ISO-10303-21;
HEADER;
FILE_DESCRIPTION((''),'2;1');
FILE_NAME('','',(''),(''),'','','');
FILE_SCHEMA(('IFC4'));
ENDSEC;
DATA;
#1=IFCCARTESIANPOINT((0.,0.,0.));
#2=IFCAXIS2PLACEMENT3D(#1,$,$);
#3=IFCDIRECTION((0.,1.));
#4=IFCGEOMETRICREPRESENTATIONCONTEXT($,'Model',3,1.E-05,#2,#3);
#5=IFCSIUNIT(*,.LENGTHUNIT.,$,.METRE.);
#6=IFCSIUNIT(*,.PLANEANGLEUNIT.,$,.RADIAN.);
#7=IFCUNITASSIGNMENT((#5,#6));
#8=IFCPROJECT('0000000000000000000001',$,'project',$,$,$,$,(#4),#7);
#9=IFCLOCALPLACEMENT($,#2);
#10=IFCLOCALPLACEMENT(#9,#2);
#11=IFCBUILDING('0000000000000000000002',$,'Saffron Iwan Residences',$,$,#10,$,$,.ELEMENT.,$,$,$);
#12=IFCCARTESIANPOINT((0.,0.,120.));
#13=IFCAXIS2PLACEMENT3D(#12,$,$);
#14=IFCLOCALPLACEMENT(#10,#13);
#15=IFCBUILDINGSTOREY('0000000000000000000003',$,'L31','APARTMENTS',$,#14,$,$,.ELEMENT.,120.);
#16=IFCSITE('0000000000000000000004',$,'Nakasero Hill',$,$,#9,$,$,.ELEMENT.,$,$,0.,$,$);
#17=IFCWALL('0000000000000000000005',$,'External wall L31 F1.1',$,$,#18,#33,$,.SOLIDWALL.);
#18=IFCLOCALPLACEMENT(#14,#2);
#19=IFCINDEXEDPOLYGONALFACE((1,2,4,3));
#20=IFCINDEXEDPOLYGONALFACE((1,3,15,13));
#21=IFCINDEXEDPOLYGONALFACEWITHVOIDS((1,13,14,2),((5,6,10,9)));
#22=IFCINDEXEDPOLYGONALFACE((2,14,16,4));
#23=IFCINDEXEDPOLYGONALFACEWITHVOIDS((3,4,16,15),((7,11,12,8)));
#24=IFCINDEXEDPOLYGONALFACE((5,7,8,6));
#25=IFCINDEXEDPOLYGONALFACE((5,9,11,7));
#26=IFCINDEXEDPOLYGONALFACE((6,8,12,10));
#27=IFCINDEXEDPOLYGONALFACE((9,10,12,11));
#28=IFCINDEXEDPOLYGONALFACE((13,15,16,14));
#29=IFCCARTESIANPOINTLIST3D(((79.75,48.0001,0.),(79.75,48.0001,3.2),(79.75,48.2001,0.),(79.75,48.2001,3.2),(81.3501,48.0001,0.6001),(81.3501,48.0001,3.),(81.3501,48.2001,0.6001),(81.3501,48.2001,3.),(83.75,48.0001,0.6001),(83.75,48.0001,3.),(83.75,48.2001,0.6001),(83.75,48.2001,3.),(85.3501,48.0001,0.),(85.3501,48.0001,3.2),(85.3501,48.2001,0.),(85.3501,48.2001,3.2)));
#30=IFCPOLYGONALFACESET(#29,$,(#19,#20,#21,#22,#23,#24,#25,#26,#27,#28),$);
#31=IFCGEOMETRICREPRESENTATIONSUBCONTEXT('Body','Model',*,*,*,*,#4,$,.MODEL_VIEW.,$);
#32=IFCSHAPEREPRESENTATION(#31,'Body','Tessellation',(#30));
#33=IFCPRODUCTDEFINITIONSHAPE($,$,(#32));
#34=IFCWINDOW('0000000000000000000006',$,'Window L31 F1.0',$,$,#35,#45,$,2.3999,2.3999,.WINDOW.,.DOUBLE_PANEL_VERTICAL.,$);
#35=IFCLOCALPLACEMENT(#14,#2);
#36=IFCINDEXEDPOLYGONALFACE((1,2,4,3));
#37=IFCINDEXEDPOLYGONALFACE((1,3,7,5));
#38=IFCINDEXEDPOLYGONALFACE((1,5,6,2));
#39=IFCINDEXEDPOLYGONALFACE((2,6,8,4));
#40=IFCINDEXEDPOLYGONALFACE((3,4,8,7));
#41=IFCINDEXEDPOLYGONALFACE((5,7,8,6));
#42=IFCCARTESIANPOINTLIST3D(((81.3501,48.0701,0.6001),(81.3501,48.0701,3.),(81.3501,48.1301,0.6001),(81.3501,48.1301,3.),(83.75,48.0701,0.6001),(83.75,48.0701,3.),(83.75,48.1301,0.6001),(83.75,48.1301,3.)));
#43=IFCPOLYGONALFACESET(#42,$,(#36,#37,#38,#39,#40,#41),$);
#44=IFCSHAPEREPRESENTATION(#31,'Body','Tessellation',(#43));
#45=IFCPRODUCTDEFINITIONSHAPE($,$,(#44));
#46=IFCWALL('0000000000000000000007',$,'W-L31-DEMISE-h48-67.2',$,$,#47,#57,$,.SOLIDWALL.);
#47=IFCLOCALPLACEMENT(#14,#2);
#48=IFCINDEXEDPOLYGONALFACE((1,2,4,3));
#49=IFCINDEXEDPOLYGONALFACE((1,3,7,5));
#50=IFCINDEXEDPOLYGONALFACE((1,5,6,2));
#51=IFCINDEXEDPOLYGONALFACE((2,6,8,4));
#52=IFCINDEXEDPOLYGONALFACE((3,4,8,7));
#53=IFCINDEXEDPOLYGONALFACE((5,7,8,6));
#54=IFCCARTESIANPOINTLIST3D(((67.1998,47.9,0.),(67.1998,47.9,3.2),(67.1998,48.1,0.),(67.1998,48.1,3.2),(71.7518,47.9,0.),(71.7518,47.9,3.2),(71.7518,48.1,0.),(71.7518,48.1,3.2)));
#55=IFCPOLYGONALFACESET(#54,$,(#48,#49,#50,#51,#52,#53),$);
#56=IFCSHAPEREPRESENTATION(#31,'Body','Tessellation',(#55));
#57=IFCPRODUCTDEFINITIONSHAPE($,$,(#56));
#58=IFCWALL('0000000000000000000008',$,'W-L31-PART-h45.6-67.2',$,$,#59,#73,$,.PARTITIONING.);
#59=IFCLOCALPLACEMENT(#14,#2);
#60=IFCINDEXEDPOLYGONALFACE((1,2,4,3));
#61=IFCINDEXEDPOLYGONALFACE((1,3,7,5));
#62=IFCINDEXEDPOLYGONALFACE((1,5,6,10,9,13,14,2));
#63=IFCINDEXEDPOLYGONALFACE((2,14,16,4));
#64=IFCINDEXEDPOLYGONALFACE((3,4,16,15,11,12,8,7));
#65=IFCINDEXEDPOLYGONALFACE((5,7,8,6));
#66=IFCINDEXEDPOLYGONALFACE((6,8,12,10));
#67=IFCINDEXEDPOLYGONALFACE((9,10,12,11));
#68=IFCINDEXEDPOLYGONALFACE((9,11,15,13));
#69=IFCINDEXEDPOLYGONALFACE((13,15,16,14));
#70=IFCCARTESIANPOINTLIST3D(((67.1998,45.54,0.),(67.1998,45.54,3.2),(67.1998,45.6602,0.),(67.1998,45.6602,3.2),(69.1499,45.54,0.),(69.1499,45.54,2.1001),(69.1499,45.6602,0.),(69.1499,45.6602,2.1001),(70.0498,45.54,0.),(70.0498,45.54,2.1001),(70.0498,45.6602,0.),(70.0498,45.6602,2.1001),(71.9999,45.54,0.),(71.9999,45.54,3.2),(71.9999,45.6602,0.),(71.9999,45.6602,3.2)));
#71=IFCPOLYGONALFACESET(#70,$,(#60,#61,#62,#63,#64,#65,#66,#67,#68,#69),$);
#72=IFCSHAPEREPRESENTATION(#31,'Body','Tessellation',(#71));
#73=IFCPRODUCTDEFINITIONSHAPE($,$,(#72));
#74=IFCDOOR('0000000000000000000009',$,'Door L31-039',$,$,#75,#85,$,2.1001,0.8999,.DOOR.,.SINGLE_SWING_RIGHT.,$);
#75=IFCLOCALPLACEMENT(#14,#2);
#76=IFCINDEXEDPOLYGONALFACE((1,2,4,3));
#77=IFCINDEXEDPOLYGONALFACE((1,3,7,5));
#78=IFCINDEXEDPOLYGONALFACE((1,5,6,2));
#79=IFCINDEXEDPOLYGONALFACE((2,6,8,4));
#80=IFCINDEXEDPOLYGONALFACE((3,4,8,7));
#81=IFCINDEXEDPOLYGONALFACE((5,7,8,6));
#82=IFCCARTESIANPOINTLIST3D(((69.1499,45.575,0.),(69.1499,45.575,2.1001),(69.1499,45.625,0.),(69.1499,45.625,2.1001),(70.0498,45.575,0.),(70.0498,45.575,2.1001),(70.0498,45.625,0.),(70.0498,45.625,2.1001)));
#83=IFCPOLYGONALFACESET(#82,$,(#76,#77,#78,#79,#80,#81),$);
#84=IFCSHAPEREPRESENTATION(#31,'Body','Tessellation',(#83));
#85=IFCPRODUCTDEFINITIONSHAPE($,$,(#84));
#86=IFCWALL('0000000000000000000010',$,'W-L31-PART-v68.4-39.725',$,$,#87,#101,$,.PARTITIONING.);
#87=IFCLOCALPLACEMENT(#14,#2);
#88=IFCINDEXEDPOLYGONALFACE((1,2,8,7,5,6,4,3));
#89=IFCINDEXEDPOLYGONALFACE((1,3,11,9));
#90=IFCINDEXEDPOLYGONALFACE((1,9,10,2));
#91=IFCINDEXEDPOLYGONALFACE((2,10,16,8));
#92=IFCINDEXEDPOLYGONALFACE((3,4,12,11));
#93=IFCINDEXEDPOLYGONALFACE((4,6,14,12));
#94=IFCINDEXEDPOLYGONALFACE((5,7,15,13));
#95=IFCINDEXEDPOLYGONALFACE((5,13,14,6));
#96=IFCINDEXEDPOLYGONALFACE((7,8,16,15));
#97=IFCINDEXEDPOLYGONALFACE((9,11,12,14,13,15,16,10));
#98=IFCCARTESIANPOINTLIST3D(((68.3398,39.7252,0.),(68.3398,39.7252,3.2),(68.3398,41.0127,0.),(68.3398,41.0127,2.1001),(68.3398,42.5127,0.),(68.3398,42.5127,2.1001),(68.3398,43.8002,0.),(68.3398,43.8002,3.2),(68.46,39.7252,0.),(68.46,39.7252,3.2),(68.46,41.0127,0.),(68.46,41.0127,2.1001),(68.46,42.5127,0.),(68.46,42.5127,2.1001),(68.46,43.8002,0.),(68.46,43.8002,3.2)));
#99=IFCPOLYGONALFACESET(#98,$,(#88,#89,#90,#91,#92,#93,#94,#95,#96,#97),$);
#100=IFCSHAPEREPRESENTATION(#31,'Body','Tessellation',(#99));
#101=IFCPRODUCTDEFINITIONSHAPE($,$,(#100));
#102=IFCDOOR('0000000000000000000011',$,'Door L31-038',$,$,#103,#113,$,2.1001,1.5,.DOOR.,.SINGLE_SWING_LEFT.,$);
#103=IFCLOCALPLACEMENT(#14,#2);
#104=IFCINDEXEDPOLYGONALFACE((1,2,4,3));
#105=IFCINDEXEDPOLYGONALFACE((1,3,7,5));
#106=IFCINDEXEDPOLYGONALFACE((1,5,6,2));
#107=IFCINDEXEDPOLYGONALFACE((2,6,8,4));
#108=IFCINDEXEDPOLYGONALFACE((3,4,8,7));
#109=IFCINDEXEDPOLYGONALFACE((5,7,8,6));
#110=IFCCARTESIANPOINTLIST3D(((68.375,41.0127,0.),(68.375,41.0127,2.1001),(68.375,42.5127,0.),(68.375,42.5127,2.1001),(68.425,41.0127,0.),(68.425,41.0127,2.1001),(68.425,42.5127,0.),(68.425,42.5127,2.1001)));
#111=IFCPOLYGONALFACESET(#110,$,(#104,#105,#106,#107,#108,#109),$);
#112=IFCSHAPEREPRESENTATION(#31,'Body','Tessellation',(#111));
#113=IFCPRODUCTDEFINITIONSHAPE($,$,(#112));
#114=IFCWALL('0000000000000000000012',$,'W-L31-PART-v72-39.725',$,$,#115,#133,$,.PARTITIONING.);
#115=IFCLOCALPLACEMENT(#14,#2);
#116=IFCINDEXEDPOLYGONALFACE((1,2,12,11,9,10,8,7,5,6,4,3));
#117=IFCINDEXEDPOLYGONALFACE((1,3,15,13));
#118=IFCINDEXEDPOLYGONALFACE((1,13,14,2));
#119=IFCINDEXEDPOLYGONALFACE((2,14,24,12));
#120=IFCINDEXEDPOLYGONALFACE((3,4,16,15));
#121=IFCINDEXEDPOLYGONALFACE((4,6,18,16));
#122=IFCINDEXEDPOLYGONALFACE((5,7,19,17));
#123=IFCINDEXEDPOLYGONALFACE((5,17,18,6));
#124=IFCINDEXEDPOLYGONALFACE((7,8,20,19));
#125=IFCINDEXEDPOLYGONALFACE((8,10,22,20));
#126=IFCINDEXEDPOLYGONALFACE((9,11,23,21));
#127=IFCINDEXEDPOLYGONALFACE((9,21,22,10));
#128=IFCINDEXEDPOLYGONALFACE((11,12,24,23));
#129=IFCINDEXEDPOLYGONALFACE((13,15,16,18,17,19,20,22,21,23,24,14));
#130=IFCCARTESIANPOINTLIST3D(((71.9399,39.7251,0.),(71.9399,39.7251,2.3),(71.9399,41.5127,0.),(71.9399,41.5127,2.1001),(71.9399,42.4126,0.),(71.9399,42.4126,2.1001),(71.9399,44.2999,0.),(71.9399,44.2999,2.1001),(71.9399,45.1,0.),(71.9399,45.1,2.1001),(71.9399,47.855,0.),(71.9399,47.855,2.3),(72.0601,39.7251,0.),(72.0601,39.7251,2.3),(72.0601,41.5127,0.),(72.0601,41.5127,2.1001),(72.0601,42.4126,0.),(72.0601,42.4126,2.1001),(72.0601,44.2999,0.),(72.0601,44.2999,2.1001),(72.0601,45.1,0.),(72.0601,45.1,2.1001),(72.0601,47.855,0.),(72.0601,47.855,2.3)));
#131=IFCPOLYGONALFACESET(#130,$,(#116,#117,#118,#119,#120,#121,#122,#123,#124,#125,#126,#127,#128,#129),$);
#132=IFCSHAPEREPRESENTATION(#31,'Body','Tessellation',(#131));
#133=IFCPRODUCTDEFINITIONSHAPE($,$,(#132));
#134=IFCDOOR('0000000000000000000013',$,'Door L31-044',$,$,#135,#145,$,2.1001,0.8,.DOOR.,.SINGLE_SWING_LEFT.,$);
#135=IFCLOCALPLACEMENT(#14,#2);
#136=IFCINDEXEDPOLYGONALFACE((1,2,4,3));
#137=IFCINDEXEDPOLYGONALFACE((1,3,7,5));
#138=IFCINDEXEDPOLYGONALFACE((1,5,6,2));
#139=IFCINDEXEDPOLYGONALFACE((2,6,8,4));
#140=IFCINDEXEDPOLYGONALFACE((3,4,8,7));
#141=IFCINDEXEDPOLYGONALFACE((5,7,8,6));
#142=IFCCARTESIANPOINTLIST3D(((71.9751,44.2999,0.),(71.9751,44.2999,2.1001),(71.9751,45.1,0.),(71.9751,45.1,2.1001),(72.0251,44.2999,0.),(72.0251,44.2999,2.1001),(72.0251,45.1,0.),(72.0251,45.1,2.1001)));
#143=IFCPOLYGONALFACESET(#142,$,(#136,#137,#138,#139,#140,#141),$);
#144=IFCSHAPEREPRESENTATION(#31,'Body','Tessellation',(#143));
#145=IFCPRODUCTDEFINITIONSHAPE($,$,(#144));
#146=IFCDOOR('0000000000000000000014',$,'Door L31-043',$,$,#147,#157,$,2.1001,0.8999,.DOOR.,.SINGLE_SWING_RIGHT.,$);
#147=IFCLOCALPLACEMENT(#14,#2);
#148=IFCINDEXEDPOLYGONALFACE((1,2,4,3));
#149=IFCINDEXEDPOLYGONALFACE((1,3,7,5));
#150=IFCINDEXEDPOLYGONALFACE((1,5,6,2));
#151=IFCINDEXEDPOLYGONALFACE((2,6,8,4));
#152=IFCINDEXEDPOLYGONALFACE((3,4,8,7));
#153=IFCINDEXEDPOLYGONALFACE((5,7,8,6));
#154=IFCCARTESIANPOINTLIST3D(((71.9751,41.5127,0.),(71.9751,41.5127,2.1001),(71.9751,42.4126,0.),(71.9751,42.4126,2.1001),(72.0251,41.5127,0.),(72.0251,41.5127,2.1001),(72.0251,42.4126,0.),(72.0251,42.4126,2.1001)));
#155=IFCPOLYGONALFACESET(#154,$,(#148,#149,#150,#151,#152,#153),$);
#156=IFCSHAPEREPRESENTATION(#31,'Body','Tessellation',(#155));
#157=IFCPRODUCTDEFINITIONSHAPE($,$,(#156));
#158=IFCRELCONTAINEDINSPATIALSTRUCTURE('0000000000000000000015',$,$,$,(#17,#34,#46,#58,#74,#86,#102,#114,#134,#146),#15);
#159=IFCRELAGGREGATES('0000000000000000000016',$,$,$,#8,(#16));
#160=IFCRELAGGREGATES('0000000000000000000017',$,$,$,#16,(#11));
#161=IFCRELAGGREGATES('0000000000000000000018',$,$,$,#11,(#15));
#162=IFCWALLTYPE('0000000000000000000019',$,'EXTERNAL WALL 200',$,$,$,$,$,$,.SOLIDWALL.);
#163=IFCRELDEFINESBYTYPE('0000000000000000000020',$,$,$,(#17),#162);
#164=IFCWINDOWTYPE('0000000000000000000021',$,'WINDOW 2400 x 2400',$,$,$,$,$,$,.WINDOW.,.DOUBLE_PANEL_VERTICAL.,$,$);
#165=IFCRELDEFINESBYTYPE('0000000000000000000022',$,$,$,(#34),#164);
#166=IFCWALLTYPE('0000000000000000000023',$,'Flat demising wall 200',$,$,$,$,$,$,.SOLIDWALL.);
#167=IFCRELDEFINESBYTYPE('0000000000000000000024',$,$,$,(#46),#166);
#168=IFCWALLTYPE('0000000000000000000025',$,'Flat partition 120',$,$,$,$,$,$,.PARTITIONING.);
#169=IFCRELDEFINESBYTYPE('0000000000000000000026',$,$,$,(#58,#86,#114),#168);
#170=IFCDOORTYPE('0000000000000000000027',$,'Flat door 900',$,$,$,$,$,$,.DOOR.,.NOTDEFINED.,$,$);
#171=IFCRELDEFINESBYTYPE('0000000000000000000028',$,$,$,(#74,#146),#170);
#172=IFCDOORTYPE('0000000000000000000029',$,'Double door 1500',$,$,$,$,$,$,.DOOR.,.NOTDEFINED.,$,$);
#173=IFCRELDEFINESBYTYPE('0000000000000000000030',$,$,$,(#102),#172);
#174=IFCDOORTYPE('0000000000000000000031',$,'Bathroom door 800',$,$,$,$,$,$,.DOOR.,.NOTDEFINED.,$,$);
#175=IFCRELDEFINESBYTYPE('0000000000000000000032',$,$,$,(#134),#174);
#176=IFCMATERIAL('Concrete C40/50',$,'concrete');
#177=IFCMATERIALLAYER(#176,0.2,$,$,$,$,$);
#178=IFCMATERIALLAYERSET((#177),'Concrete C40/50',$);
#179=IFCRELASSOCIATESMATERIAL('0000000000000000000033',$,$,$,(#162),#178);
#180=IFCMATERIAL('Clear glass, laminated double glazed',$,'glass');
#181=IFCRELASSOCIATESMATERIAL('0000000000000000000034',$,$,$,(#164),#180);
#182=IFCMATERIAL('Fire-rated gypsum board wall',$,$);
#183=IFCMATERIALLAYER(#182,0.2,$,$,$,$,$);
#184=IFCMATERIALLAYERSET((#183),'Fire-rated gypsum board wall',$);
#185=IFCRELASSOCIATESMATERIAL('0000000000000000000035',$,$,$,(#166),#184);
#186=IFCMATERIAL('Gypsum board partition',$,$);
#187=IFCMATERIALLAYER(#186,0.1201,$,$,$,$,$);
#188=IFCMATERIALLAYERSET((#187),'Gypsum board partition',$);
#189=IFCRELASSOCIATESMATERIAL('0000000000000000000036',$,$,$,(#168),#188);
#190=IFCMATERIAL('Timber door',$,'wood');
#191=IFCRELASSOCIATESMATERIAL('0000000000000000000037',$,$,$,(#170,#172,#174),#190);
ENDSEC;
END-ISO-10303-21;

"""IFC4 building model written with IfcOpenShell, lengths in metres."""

from ifc_helpers import new_model, si_unit, direction, frame, frame_2d, origin, place, context, subcontext, project, spatial, rectangle, extrude, material, layer, layer_set, type_object, element, fill, save


model = new_model("IFC4")

# Units and contexts
model_context = context("Model", 3, precision=1e-05, world=origin(), true_north=direction((0.0, 1.0)))
body_context = subcontext(model_context, "Body", "Model", "MODEL_VIEW")
ifc_project = project(units=[si_unit("LENGTHUNIT", "METRE"), si_unit("PLANEANGLEUNIT", "RADIAN")], contexts=[model_context])

# Site, building, storey
site_placement = place(None, origin())
site = spatial("IfcSite", under=ifc_project, at=site_placement, Name="Nakasero Hill", CompositionType="ELEMENT", RefElevation=0.0)
building_placement = place(site_placement, origin())
building = spatial("IfcBuilding", under=site, at=building_placement, Name="Saffron Iwan Residences", CompositionType="ELEMENT")
storey_placement = place(building_placement, frame((0.0, 0.0, 120.0)))
storey = spatial("IfcBuildingStorey", under=building, at=storey_placement, Name="L31", Description="APARTMENTS", CompositionType="ELEMENT", Elevation=120.0)

# Wall, opening, window
ifc_material_1 = material(Name="Concrete C40/50", Category="concrete")
ifc_layer_1 = layer(ifc_material_1, 0.2)
ifc_layer_set_1 = layer_set([ifc_layer_1], Name="Concrete C40/50")
wall_type_1 = type_object("IfcWallType", Name="EXTERNAL WALL 200", PredefinedType="SOLIDWALL", material=ifc_layer_set_1)
ifc_material_2 = material(Name="Clear glass, laminated double glazed", Category="glass")
wall_1_placement = place(storey_placement, frame((79.75, 48.1001, 0.0), z_axis=(0.0, 0.0, 1.0), x_axis=(1.0, 0.0, 0.0)))
wall_1 = element("IfcWall", 1, at=wall_1_placement, inside=storey, type_object=wall_type_1, Name="External wall L31 F1.1", PredefinedType="SOLIDWALL", context=body_context, shape_type="SweptSolid", body=[
    extrude(rectangle(XDim=5.6001, YDim=0.2, at=frame_2d((2.8, 0.0))), origin(), (0.0, 0.0, 1.0), 3.2),
])
opening_1_placement = place(wall_1_placement, frame((1.6001, 0.0, 0.6001)))
opening_1 = element("IfcOpeningElement", 2, at=opening_1_placement, cuts=wall_1, PredefinedType="OPENING", context=body_context, shape_type="SweptSolid", body=[
    extrude(rectangle(XDim=2.3999, YDim=2.3999, at=frame_2d((1.2, 1.2))), frame((0.0, 0.1099, 0.0), z_axis=(0.0, -1.0, 0.0), x_axis=(1.0, 0.0, 0.0)), (0.0, 0.0, 1.0), 0.22),
])
window_type_1 = type_object("IfcWindowType", Name="WINDOW 2400 x 2400", PartitioningType="DOUBLE_PANEL_VERTICAL", PredefinedType="WINDOW", material=ifc_material_2)
window_1_placement = place(opening_1_placement, origin())
window_1 = element("IfcWindow", 3, at=window_1_placement, inside=storey, type_object=window_type_1, Name="Window L31 F1.0", OverallHeight=2.3999, OverallWidth=2.3999, PartitioningType="DOUBLE_PANEL_VERTICAL", PredefinedType="WINDOW", context=body_context, shape_type="SweptSolid", body=[
    extrude(rectangle(XDim=2.3999, YDim=2.3999, at=frame_2d((1.2, 1.2))), frame((0.0, 0.03, 0.0), z_axis=(0.0, -1.0, 0.0), x_axis=(1.0, 0.0, 0.0)), (0.0, 0.0, 1.0), 0.0601),
])
fill(opening_1, window_1)

# Wall
ifc_material_3 = material(Name="Fire-rated gypsum board wall")
ifc_layer_2 = layer(ifc_material_3, 0.2)
ifc_layer_set_2 = layer_set([ifc_layer_2], Name="Fire-rated gypsum board wall")
wall_type_2 = type_object("IfcWallType", Name="Flat demising wall 200", PredefinedType="SOLIDWALL", material=ifc_layer_set_2)
wall_2_placement = place(storey_placement, frame((67.2, 48.0, 0.0), z_axis=(0.0, 0.0, 1.0), x_axis=(1.0, 0.0, 0.0)))
element("IfcWall", 4, at=wall_2_placement, inside=storey, type_object=wall_type_2, Name="W-L31-DEMISE-h48-67.2", PredefinedType="SOLIDWALL", context=body_context, shape_type="SweptSolid", body=[
    extrude(rectangle(XDim=4.552, YDim=0.2, at=frame_2d((2.2759, 0.0))), origin(), (0.0, 0.0, 1.0), 3.2),
])

# Walls, openings, doors
ifc_material_4 = material(Name="Gypsum board partition")
ifc_layer_3 = layer(ifc_material_4, 0.1201)
ifc_layer_set_3 = layer_set([ifc_layer_3], Name="Gypsum board partition")
wall_type_3 = type_object("IfcWallType", Name="Flat partition 120", PredefinedType="PARTITIONING", material=ifc_layer_set_3)
wall_3_placement = place(storey_placement, frame((67.2, 45.6001, 0.0), z_axis=(0.0, 0.0, 1.0), x_axis=(1.0, 0.0, 0.0)))
wall_3 = element("IfcWall", 5, at=wall_3_placement, inside=storey, type_object=wall_type_3, Name="W-L31-PART-h45.6-67.2", PredefinedType="PARTITIONING", context=body_context, shape_type="SweptSolid", body=[
    extrude(rectangle(XDim=4.8, YDim=0.1201, at=frame_2d((2.3999, 0.0))), origin(), (0.0, 0.0, 1.0), 3.2),
])
opening_2_placement = place(wall_3_placement, frame((1.95, 0.0, 0.0)))
opening_2 = element("IfcOpeningElement", 6, at=opening_2_placement, cuts=wall_3, PredefinedType="OPENING", context=body_context, shape_type="SweptSolid", body=[
    extrude(rectangle(XDim=0.8999, YDim=2.1001, at=frame_2d((0.45, 1.05))), frame((0.0, 0.0701, 0.0), z_axis=(0.0, -1.0, 0.0), x_axis=(1.0, 0.0, 0.0)), (0.0, 0.0, 1.0), 0.1401),
])
ifc_material_5 = material(Name="Timber door", Category="wood")
door_type_1 = type_object("IfcDoorType", Name="Flat door 900", OperationType="NOTDEFINED", PredefinedType="DOOR", material=ifc_material_5)
door_1_placement = place(opening_2_placement, origin())
door_1 = element("IfcDoor", 7, at=door_1_placement, inside=storey, type_object=door_type_1, Name="Door L31-039", OperationType="SINGLE_SWING_RIGHT", OverallHeight=2.1001, OverallWidth=0.8999, PredefinedType="DOOR", context=body_context, shape_type="SweptSolid", body=[
    extrude(rectangle(XDim=0.8999, YDim=2.1001, at=frame_2d((0.45, 1.05))), frame((0.0, 0.0249, 0.0), z_axis=(0.0, -1.0, 0.0), x_axis=(1.0, 0.0, 0.0)), (0.0, 0.0, 1.0), 0.05),
])
fill(opening_2, door_1)
wall_4_placement = place(storey_placement, frame((68.3999, 39.7251, 0.0), z_axis=(0.0, 0.0, 1.0), x_axis=(0.0, 1.0, 0.0)))
wall_4 = element("IfcWall", 8, at=wall_4_placement, inside=storey, type_object=wall_type_3, Name="W-L31-PART-v68.4-39.725", PredefinedType="PARTITIONING", context=body_context, shape_type="SweptSolid", body=[
    extrude(rectangle(XDim=4.075, YDim=0.1201, at=frame_2d((2.0376, 0.0))), origin(), (0.0, 0.0, 1.0), 3.2),
])
opening_3_placement = place(wall_4_placement, frame((1.2876, 0.0, 0.0)))
opening_3 = element("IfcOpeningElement", 9, at=opening_3_placement, cuts=wall_4, PredefinedType="OPENING", context=body_context, shape_type="SweptSolid", body=[
    extrude(rectangle(XDim=1.5, YDim=2.1001, at=frame_2d((0.75, 1.05))), frame((0.0, 0.0701, 0.0), z_axis=(0.0, -1.0, 0.0), x_axis=(1.0, 0.0, 0.0)), (0.0, 0.0, 1.0), 0.1401),
])
door_type_2 = type_object("IfcDoorType", Name="Double door 1500", OperationType="NOTDEFINED", PredefinedType="DOOR", material=ifc_material_5)
door_2_placement = place(opening_3_placement, origin())
door_2 = element("IfcDoor", 10, at=door_2_placement, inside=storey, type_object=door_type_2, Name="Door L31-038", OperationType="SINGLE_SWING_LEFT", OverallHeight=2.1001, OverallWidth=1.5, PredefinedType="DOOR", context=body_context, shape_type="SweptSolid", body=[
    extrude(rectangle(XDim=1.5, YDim=2.1001, at=frame_2d((0.75, 1.05))), frame((0.0, 0.0249, 0.0), z_axis=(0.0, -1.0, 0.0), x_axis=(1.0, 0.0, 0.0)), (0.0, 0.0, 1.0), 0.05),
])
fill(opening_3, door_2)

# Wall, openings, doors
wall_5_placement = place(storey_placement, frame((72.0, 39.7251, 0.0), z_axis=(0.0, 0.0, 1.0), x_axis=(0.0, 1.0, 0.0)))
wall_5 = element("IfcWall", 11, at=wall_5_placement, inside=storey, type_object=wall_type_3, Name="W-L31-PART-v72-39.725", PredefinedType="PARTITIONING", context=body_context, shape_type="SweptSolid", body=[
    extrude(rectangle(XDim=8.1299, YDim=0.1201, at=frame_2d((4.0649, 0.0))), origin(), (0.0, 0.0, 1.0), 2.3),
])
opening_4_placement = place(wall_5_placement, frame((1.7876, 0.0, 0.0)))
opening_4 = element("IfcOpeningElement", 12, at=opening_4_placement, cuts=wall_5, PredefinedType="OPENING", context=body_context, shape_type="SweptSolid", body=[
    extrude(rectangle(XDim=0.8999, YDim=2.1001, at=frame_2d((0.45, 1.05))), frame((0.0, 0.0701, 0.0), z_axis=(0.0, -1.0, 0.0), x_axis=(1.0, 0.0, 0.0)), (0.0, 0.0, 1.0), 0.1401),
])
opening_5_placement = place(wall_5_placement, frame((4.575, 0.0, 0.0)))
opening_5 = element("IfcOpeningElement", 13, at=opening_5_placement, cuts=wall_5, PredefinedType="OPENING", context=body_context, shape_type="SweptSolid", body=[
    extrude(rectangle(XDim=0.8, YDim=2.1001, at=frame_2d((0.3999, 1.05))), frame((0.0, 0.0701, 0.0), z_axis=(0.0, -1.0, 0.0), x_axis=(1.0, 0.0, 0.0)), (0.0, 0.0, 1.0), 0.1401),
])
door_type_3 = type_object("IfcDoorType", Name="Bathroom door 800", OperationType="NOTDEFINED", PredefinedType="DOOR", material=ifc_material_5)
door_3_placement = place(opening_5_placement, origin())
door_3 = element("IfcDoor", 14, at=door_3_placement, inside=storey, type_object=door_type_3, Name="Door L31-044", OperationType="SINGLE_SWING_LEFT", OverallHeight=2.1001, OverallWidth=0.8, PredefinedType="DOOR", context=body_context, shape_type="SweptSolid", body=[
    extrude(rectangle(XDim=0.8, YDim=2.1001, at=frame_2d((0.3999, 1.05))), frame((0.0, 0.0249, 0.0), z_axis=(0.0, -1.0, 0.0), x_axis=(1.0, 0.0, 0.0)), (0.0, 0.0, 1.0), 0.05),
])
fill(opening_5, door_3)
door_4_placement = place(opening_4_placement, origin())
door_4 = element("IfcDoor", 15, at=door_4_placement, inside=storey, type_object=door_type_1, Name="Door L31-043", OperationType="SINGLE_SWING_RIGHT", OverallHeight=2.1001, OverallWidth=0.8999, PredefinedType="DOOR", context=body_context, shape_type="SweptSolid", body=[
    extrude(rectangle(XDim=0.8999, YDim=2.1001, at=frame_2d((0.45, 1.05))), frame((0.0, 0.0249, 0.0), z_axis=(0.0, -1.0, 0.0), x_axis=(1.0, 0.0, 0.0)), (0.0, 0.0, 1.0), 0.05),
])
fill(opening_4, door_4)

save(model, "model.ifc")
